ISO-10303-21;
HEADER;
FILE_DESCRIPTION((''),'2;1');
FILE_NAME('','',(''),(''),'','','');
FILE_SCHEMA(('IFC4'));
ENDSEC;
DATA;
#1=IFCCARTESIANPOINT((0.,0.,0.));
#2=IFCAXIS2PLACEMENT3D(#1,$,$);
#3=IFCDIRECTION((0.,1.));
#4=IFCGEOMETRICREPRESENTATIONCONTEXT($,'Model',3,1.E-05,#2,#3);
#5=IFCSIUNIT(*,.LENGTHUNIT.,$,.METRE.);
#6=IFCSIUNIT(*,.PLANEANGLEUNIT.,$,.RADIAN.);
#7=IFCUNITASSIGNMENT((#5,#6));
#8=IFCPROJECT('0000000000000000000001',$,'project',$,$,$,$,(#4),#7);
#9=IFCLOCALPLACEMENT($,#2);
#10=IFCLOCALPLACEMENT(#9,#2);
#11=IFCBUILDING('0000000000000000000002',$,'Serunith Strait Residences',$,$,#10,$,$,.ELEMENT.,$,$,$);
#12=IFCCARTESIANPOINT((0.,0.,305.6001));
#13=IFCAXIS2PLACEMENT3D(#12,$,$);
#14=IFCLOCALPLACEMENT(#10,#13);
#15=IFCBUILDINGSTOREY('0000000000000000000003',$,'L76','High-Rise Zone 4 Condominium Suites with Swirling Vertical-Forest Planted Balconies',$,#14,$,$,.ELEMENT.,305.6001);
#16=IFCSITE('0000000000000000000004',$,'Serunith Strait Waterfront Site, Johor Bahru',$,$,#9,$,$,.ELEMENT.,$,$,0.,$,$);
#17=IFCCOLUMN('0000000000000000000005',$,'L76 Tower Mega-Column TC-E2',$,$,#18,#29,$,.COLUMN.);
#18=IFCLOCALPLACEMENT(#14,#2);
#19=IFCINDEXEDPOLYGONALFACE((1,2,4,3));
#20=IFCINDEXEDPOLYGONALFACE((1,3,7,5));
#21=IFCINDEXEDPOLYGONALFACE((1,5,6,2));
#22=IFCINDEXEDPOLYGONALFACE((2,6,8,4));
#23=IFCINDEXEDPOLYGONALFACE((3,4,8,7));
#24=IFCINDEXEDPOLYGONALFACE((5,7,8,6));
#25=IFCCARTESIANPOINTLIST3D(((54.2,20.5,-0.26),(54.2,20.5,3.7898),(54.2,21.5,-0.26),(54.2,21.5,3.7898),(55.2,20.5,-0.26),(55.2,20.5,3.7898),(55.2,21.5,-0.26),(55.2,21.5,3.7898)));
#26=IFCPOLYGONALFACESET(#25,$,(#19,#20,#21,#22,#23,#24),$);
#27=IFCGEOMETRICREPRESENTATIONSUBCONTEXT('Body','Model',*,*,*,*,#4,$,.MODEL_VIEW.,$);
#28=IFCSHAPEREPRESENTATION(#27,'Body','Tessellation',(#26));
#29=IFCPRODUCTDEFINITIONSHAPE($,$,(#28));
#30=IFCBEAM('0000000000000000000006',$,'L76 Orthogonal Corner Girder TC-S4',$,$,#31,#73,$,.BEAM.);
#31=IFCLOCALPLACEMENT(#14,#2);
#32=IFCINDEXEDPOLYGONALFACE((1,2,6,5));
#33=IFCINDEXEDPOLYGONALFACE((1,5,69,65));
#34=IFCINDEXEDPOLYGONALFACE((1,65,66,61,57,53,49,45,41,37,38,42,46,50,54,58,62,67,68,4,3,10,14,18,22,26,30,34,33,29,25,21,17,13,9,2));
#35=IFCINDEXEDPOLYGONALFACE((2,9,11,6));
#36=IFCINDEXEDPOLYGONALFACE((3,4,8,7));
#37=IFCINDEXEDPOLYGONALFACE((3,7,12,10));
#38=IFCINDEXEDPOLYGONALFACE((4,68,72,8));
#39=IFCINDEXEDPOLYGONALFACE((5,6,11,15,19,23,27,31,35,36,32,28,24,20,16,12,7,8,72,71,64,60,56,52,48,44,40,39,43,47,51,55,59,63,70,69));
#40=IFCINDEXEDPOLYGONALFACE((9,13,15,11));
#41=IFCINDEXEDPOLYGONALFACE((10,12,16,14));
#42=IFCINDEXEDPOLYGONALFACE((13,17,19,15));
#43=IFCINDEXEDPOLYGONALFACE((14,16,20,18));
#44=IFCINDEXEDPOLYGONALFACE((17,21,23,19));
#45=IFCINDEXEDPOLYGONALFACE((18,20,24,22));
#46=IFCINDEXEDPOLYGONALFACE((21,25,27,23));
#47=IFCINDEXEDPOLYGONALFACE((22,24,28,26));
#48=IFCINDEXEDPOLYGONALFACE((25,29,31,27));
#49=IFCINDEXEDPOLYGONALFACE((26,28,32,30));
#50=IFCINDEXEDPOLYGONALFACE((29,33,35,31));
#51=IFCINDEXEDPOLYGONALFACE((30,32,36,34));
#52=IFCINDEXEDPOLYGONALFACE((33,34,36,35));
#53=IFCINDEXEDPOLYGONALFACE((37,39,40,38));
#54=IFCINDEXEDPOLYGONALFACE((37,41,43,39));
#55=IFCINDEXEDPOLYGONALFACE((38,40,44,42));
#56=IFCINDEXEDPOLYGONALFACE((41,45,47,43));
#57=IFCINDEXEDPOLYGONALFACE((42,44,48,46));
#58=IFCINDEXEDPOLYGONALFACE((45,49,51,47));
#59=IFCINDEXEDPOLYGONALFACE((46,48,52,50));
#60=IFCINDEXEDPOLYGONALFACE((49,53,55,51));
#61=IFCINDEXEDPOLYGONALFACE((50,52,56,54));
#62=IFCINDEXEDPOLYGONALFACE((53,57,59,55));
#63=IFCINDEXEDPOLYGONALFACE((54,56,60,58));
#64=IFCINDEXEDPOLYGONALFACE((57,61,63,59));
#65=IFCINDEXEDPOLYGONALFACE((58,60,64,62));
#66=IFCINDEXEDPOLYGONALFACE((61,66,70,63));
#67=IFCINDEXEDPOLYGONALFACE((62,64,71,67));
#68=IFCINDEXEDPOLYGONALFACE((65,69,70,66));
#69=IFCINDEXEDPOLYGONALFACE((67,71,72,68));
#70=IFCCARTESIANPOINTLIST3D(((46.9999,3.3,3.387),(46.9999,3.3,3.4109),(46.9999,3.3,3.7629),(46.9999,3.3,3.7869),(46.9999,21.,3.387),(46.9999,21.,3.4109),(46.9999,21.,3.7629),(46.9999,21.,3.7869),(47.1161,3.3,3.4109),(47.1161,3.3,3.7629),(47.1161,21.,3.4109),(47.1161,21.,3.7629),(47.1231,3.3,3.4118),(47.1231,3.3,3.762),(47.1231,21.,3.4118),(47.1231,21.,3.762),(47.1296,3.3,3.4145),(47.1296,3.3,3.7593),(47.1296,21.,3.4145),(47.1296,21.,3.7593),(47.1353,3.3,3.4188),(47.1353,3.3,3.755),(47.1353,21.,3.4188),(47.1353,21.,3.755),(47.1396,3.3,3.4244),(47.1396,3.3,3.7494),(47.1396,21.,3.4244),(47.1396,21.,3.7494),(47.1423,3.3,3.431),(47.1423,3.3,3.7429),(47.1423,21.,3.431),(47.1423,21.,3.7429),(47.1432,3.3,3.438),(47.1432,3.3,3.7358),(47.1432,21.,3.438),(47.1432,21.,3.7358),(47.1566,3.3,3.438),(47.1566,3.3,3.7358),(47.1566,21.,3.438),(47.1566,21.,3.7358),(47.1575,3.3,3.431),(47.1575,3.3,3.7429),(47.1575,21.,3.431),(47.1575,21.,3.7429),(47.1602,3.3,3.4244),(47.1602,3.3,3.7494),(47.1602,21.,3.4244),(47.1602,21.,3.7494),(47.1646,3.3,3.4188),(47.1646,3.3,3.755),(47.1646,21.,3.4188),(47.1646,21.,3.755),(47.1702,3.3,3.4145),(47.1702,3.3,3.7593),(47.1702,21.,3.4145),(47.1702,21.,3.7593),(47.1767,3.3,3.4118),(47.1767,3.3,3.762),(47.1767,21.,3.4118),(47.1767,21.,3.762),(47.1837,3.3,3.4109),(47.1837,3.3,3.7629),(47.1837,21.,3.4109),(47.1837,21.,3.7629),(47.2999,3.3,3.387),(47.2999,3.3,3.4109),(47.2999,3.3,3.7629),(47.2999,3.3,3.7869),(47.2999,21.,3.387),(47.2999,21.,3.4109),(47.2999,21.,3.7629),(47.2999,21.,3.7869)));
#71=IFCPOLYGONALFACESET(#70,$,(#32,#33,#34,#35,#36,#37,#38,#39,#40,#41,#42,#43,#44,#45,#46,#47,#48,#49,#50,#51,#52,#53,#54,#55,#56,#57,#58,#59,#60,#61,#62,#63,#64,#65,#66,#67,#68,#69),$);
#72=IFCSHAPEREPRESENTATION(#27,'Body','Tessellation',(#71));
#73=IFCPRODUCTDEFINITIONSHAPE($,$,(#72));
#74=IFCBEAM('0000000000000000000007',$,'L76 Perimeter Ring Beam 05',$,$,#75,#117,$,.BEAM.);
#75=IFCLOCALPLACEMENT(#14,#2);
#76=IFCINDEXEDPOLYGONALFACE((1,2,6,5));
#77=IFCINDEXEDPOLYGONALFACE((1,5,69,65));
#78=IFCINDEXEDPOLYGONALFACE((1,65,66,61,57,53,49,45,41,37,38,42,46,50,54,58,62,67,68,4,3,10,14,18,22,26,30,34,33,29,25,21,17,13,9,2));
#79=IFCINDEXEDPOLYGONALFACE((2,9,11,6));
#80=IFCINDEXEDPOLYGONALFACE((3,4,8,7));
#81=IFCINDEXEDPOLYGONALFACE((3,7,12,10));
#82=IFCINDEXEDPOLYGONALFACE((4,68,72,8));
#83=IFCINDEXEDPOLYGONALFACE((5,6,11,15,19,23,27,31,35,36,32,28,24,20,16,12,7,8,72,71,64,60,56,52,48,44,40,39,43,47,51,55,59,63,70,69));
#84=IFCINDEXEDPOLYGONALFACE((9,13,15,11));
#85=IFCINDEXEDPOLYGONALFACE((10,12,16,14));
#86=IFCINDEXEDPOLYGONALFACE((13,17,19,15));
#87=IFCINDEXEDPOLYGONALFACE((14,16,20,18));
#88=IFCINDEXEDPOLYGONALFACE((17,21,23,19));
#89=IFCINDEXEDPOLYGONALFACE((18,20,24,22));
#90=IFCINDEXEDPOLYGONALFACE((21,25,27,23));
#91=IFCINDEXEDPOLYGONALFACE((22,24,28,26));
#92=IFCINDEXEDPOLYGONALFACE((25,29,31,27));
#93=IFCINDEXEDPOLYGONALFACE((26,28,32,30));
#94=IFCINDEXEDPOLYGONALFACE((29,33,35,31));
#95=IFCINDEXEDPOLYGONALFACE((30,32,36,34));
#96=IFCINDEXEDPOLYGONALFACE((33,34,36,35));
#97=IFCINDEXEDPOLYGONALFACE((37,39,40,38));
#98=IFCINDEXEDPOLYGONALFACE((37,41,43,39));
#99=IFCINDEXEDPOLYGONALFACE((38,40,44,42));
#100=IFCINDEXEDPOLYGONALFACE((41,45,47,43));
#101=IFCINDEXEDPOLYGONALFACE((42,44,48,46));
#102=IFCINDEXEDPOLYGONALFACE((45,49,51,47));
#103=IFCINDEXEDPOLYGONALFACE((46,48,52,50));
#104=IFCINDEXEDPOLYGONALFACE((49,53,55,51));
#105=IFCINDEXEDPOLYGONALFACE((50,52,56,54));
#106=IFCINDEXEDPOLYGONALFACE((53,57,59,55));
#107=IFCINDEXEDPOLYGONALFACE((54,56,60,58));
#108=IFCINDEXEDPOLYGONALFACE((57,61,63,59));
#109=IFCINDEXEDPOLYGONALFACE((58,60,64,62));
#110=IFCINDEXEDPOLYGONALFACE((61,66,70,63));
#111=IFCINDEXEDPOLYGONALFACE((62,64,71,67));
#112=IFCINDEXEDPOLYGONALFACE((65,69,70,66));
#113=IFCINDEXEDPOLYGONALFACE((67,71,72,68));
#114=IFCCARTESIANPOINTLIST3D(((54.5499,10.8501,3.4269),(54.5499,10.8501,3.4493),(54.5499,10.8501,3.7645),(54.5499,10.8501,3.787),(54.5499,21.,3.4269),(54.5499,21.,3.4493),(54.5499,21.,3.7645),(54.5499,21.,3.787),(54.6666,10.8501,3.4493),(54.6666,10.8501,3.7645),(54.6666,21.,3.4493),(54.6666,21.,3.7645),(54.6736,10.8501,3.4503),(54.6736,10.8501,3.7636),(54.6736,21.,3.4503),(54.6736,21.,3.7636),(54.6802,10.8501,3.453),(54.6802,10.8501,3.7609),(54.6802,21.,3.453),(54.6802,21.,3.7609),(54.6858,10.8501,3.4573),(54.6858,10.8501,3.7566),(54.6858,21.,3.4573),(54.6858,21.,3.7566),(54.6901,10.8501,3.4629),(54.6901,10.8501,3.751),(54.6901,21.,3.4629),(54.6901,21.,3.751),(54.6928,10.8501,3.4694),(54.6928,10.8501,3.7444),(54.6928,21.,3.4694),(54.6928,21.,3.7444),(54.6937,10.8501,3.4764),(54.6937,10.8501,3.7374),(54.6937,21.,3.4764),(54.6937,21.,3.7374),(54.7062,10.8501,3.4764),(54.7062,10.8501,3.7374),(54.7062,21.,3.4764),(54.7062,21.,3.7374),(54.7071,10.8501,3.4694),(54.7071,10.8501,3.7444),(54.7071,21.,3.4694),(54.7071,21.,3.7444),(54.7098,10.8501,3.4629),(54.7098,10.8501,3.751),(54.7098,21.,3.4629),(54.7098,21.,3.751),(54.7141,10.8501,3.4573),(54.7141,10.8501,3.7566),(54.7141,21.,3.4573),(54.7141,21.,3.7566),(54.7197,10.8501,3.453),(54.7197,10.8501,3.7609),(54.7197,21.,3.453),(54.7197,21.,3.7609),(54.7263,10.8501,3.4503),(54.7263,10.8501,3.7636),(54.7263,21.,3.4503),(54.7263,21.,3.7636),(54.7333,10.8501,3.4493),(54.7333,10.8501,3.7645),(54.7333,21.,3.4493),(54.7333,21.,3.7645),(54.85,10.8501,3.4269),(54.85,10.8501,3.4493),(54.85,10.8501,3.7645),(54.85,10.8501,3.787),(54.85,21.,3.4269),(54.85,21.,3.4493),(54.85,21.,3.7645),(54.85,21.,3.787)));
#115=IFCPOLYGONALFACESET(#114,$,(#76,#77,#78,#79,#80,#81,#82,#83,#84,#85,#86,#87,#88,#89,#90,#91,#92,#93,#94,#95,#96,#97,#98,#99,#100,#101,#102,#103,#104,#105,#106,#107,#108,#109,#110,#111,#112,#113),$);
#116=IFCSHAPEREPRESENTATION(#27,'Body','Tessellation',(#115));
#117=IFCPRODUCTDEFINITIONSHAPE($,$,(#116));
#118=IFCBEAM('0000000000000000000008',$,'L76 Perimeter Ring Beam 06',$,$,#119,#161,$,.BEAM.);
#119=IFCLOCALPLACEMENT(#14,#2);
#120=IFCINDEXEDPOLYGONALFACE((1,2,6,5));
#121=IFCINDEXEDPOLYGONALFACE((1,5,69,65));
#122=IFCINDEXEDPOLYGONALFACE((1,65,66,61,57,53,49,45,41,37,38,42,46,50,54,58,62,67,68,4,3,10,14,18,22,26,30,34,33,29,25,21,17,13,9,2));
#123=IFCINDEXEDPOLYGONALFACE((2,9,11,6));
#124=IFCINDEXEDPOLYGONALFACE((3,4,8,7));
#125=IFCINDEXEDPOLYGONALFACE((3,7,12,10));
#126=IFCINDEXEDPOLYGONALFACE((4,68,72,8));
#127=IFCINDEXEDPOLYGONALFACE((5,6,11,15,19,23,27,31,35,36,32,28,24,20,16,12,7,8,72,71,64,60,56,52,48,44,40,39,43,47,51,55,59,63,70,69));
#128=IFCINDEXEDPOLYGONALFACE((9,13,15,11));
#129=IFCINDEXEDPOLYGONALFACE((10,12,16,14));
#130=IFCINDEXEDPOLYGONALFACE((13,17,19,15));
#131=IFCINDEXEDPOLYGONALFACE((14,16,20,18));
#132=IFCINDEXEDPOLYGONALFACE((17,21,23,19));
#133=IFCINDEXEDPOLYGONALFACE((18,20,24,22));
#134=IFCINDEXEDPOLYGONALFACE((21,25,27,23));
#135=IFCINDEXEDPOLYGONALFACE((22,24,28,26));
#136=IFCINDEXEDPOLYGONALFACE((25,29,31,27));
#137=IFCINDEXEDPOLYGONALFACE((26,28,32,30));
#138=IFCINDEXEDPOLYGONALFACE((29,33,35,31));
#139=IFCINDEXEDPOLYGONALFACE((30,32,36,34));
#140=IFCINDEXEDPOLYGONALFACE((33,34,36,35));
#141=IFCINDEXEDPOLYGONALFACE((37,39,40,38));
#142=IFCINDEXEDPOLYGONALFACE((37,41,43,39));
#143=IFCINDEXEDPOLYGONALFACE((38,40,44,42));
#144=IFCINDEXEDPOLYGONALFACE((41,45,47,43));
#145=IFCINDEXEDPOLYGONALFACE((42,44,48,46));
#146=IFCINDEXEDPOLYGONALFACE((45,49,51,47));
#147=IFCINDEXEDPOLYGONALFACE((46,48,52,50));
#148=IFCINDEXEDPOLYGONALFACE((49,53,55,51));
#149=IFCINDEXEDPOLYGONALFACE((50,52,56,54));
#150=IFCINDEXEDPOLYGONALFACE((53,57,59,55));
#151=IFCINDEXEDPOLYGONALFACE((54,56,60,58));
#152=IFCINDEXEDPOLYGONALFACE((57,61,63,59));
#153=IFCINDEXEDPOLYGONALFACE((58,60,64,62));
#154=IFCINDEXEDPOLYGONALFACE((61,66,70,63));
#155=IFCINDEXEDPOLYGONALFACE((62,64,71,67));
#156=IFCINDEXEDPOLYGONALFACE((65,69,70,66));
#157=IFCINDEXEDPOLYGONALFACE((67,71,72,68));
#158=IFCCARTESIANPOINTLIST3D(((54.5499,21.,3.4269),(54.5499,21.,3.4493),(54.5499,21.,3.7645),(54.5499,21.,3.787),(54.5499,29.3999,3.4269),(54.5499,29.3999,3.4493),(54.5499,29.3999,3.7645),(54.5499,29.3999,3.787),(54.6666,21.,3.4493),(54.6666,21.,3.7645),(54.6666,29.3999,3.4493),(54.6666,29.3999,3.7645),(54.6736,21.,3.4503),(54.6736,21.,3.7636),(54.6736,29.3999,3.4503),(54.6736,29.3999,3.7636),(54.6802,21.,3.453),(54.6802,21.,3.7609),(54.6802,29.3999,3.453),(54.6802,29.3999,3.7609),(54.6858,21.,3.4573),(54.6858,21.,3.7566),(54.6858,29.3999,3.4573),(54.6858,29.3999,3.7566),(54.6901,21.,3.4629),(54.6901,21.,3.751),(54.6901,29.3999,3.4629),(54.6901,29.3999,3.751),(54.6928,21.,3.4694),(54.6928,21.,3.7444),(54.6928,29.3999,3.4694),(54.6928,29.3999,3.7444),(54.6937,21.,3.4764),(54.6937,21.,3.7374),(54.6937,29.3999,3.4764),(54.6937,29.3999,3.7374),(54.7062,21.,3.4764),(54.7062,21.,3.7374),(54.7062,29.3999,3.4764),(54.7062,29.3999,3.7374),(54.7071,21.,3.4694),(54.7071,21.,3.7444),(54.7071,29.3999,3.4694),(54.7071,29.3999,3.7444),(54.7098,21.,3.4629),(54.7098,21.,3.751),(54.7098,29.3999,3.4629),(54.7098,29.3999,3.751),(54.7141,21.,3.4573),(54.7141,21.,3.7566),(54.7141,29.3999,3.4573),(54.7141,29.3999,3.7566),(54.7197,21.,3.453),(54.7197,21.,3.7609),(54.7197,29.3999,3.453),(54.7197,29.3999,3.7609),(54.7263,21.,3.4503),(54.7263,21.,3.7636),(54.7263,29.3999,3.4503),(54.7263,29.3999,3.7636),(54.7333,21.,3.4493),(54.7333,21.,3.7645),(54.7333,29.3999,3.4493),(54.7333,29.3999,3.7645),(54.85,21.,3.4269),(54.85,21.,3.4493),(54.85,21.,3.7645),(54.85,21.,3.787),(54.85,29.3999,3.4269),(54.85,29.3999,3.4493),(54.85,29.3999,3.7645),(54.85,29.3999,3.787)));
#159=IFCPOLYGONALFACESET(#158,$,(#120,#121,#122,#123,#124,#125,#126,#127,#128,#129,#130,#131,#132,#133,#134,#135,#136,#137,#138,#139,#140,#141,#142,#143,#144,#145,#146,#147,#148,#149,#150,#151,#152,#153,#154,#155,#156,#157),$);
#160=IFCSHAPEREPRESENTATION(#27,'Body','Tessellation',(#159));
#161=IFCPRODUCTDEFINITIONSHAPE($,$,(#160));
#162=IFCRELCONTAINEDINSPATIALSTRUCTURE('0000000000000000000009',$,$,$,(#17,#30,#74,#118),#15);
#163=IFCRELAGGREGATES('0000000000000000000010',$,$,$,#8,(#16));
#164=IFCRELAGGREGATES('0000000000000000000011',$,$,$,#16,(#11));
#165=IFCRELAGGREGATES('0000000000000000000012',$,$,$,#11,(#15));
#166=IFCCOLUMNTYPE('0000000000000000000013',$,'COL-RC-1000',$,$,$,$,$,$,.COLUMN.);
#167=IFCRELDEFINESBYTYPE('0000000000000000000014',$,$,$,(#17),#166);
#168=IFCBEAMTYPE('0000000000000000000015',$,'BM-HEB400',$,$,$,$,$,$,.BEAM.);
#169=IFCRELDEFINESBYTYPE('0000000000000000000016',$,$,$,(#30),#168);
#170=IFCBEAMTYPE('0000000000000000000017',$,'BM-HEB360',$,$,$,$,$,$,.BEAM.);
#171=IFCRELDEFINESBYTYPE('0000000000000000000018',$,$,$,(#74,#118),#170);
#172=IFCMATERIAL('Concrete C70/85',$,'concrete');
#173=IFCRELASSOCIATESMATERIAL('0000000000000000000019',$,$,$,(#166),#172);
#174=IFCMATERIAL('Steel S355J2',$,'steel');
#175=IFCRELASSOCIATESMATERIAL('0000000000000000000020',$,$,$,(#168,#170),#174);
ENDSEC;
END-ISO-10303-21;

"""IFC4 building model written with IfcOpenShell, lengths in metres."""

from ifc_helpers import new_model, si_unit, direction, frame, origin, origin_2d, place, context, subcontext, project, spatial, rectangle, i_section, extrude, source, transform, mapped, material, material_profile, profile_set, type_object, element, save


model = new_model("IFC4")

# Units and contexts
model_context = context("Model", 3, precision=1e-05, world=origin(), true_north=direction((0.0, 1.0)))
body_context = subcontext(model_context, "Body", "Model", "MODEL_VIEW")
ifc_project = project(units=[si_unit("LENGTHUNIT", "METRE"), si_unit("PLANEANGLEUNIT", "RADIAN")], contexts=[model_context])

# Site, building, storey
site_placement = place(None, origin())
site = spatial("IfcSite", under=ifc_project, at=site_placement, Name="Serunith Strait Waterfront Site, Johor Bahru", CompositionType="ELEMENT", RefElevation=0.0)
building_placement = place(site_placement, origin())
building = spatial("IfcBuilding", under=site, at=building_placement, Name="Serunith Strait Residences", CompositionType="ELEMENT")
storey_placement = place(building_placement, frame((0.0, 0.0, 305.6001)))
storey = spatial("IfcBuildingStorey", under=building, at=storey_placement, Name="L76", Description="High-Rise Zone 4 Condominium Suites with Swirling Vertical-Forest Planted Balconies", CompositionType="ELEMENT", Elevation=305.6001)

# Column
ifc_material_1 = material(Name="Concrete C70/85", Category="concrete")
ifc_material_profile_1 = material_profile(ifc_material_1, rectangle(XDim=1.0, YDim=1.0, at=origin_2d()), Name="RC 1000x1000")
ifc_profile_set_1 = profile_set([ifc_material_profile_1], Name="Concrete C70/85")
column_type = type_object("IfcColumnType", Name="COL-RC-1000", PredefinedType="COLUMN", material=ifc_profile_set_1)
shared_shape_1 = source(origin(), body_context, "Body", "SweptSolid", [
    extrude(rectangle(XDim=1.0, YDim=1.0, at=origin_2d()), origin(), (0.0, 0.0, 1.0), 4.0498),
])
column_placement = place(storey_placement, frame((54.7, 21.0, -0.26), z_axis=(0.0, 0.0, 1.0), x_axis=(1.0, 0.0, 0.0)))
element("IfcColumn", 1, at=column_placement, inside=storey, type_object=column_type, Name="L76 Tower Mega-Column TC-E2", PredefinedType="COLUMN", context=body_context, shape_type="MappedRepresentation", body=[
    mapped(shared_shape_1, transform((0.0, 0.0, 0.0), scale=1.0)),
])

# Beams
ifc_material_2 = material(Name="Steel S355J2", Category="steel")
ifc_material_profile_2 = material_profile(ifc_material_2, i_section(OverallWidth=0.3, OverallDepth=0.3999, WebThickness=0.0134, FlangeThickness=0.0239, FilletRadius=0.0271, at=origin_2d()), Name="HEB 400")
ifc_profile_set_2 = profile_set([ifc_material_profile_2], Name="Steel S355J2")
beam_type_1 = type_object("IfcBeamType", Name="BM-HEB400", PredefinedType="BEAM", material=ifc_profile_set_2)
shared_shape_2 = source(origin(), body_context, "Body", "SweptSolid", [
    extrude(i_section(OverallWidth=0.3, OverallDepth=0.3999, WebThickness=0.0134, FlangeThickness=0.0239, FilletRadius=0.0271, at=origin_2d()), origin(), (0.0, 0.0, 1.0), 17.7),
])
beam_1_placement = place(storey_placement, frame((47.1499, 21.0, 3.5869), z_axis=(0.0, -1.0, 0.0), x_axis=(1.0, 0.0, 0.0)))
element("IfcBeam", 2, at=beam_1_placement, inside=storey, type_object=beam_type_1, Name="L76 Orthogonal Corner Girder TC-S4", PredefinedType="BEAM", context=body_context, shape_type="MappedRepresentation", body=[
    mapped(shared_shape_2, transform((0.0, 0.0, 0.0), scale=1.0)),
])
ifc_material_profile_3 = material_profile(ifc_material_2, i_section(OverallWidth=0.3, OverallDepth=0.3601, WebThickness=0.0125, FlangeThickness=0.0225, FilletRadius=0.0271, at=origin_2d()), Name="HEB 360")
ifc_profile_set_3 = profile_set([ifc_material_profile_3], Name="Steel S355J2")
beam_type_2 = type_object("IfcBeamType", Name="BM-HEB360", PredefinedType="BEAM", material=ifc_profile_set_3)
shared_shape_3 = source(origin(), body_context, "Body", "SweptSolid", [
    extrude(i_section(OverallWidth=0.3, OverallDepth=0.3601, WebThickness=0.0125, FlangeThickness=0.0225, FilletRadius=0.0271, at=origin_2d()), origin(), (0.0, 0.0, 1.0), 10.1499),
])
beam_2_placement = place(storey_placement, frame((54.7, 10.8501, 3.6069), z_axis=(0.0, 1.0, 0.0), x_axis=(-1.0, 0.0, 0.0)))
element("IfcBeam", 3, at=beam_2_placement, inside=storey, type_object=beam_type_2, Name="L76 Perimeter Ring Beam 05", PredefinedType="BEAM", context=body_context, shape_type="MappedRepresentation", body=[
    mapped(shared_shape_3, transform((0.0, 0.0, 0.0), scale=1.0)),
])
shared_shape_4 = source(origin(), body_context, "Body", "SweptSolid", [
    extrude(i_section(OverallWidth=0.3, OverallDepth=0.3601, WebThickness=0.0125, FlangeThickness=0.0225, FilletRadius=0.0271, at=origin_2d()), origin(), (0.0, 0.0, 1.0), 8.3999),
])
beam_3_placement = place(storey_placement, frame((54.7, 21.0, 3.6069), z_axis=(0.0, 1.0, 0.0), x_axis=(-1.0, 0.0, 0.0)))
element("IfcBeam", 4, at=beam_3_placement, inside=storey, type_object=beam_type_2, Name="L76 Perimeter Ring Beam 06", PredefinedType="BEAM", context=body_context, shape_type="MappedRepresentation", body=[
    mapped(shared_shape_4, transform((0.0, 0.0, 0.0), scale=1.0)),
])

save(model, "model.ifc")
